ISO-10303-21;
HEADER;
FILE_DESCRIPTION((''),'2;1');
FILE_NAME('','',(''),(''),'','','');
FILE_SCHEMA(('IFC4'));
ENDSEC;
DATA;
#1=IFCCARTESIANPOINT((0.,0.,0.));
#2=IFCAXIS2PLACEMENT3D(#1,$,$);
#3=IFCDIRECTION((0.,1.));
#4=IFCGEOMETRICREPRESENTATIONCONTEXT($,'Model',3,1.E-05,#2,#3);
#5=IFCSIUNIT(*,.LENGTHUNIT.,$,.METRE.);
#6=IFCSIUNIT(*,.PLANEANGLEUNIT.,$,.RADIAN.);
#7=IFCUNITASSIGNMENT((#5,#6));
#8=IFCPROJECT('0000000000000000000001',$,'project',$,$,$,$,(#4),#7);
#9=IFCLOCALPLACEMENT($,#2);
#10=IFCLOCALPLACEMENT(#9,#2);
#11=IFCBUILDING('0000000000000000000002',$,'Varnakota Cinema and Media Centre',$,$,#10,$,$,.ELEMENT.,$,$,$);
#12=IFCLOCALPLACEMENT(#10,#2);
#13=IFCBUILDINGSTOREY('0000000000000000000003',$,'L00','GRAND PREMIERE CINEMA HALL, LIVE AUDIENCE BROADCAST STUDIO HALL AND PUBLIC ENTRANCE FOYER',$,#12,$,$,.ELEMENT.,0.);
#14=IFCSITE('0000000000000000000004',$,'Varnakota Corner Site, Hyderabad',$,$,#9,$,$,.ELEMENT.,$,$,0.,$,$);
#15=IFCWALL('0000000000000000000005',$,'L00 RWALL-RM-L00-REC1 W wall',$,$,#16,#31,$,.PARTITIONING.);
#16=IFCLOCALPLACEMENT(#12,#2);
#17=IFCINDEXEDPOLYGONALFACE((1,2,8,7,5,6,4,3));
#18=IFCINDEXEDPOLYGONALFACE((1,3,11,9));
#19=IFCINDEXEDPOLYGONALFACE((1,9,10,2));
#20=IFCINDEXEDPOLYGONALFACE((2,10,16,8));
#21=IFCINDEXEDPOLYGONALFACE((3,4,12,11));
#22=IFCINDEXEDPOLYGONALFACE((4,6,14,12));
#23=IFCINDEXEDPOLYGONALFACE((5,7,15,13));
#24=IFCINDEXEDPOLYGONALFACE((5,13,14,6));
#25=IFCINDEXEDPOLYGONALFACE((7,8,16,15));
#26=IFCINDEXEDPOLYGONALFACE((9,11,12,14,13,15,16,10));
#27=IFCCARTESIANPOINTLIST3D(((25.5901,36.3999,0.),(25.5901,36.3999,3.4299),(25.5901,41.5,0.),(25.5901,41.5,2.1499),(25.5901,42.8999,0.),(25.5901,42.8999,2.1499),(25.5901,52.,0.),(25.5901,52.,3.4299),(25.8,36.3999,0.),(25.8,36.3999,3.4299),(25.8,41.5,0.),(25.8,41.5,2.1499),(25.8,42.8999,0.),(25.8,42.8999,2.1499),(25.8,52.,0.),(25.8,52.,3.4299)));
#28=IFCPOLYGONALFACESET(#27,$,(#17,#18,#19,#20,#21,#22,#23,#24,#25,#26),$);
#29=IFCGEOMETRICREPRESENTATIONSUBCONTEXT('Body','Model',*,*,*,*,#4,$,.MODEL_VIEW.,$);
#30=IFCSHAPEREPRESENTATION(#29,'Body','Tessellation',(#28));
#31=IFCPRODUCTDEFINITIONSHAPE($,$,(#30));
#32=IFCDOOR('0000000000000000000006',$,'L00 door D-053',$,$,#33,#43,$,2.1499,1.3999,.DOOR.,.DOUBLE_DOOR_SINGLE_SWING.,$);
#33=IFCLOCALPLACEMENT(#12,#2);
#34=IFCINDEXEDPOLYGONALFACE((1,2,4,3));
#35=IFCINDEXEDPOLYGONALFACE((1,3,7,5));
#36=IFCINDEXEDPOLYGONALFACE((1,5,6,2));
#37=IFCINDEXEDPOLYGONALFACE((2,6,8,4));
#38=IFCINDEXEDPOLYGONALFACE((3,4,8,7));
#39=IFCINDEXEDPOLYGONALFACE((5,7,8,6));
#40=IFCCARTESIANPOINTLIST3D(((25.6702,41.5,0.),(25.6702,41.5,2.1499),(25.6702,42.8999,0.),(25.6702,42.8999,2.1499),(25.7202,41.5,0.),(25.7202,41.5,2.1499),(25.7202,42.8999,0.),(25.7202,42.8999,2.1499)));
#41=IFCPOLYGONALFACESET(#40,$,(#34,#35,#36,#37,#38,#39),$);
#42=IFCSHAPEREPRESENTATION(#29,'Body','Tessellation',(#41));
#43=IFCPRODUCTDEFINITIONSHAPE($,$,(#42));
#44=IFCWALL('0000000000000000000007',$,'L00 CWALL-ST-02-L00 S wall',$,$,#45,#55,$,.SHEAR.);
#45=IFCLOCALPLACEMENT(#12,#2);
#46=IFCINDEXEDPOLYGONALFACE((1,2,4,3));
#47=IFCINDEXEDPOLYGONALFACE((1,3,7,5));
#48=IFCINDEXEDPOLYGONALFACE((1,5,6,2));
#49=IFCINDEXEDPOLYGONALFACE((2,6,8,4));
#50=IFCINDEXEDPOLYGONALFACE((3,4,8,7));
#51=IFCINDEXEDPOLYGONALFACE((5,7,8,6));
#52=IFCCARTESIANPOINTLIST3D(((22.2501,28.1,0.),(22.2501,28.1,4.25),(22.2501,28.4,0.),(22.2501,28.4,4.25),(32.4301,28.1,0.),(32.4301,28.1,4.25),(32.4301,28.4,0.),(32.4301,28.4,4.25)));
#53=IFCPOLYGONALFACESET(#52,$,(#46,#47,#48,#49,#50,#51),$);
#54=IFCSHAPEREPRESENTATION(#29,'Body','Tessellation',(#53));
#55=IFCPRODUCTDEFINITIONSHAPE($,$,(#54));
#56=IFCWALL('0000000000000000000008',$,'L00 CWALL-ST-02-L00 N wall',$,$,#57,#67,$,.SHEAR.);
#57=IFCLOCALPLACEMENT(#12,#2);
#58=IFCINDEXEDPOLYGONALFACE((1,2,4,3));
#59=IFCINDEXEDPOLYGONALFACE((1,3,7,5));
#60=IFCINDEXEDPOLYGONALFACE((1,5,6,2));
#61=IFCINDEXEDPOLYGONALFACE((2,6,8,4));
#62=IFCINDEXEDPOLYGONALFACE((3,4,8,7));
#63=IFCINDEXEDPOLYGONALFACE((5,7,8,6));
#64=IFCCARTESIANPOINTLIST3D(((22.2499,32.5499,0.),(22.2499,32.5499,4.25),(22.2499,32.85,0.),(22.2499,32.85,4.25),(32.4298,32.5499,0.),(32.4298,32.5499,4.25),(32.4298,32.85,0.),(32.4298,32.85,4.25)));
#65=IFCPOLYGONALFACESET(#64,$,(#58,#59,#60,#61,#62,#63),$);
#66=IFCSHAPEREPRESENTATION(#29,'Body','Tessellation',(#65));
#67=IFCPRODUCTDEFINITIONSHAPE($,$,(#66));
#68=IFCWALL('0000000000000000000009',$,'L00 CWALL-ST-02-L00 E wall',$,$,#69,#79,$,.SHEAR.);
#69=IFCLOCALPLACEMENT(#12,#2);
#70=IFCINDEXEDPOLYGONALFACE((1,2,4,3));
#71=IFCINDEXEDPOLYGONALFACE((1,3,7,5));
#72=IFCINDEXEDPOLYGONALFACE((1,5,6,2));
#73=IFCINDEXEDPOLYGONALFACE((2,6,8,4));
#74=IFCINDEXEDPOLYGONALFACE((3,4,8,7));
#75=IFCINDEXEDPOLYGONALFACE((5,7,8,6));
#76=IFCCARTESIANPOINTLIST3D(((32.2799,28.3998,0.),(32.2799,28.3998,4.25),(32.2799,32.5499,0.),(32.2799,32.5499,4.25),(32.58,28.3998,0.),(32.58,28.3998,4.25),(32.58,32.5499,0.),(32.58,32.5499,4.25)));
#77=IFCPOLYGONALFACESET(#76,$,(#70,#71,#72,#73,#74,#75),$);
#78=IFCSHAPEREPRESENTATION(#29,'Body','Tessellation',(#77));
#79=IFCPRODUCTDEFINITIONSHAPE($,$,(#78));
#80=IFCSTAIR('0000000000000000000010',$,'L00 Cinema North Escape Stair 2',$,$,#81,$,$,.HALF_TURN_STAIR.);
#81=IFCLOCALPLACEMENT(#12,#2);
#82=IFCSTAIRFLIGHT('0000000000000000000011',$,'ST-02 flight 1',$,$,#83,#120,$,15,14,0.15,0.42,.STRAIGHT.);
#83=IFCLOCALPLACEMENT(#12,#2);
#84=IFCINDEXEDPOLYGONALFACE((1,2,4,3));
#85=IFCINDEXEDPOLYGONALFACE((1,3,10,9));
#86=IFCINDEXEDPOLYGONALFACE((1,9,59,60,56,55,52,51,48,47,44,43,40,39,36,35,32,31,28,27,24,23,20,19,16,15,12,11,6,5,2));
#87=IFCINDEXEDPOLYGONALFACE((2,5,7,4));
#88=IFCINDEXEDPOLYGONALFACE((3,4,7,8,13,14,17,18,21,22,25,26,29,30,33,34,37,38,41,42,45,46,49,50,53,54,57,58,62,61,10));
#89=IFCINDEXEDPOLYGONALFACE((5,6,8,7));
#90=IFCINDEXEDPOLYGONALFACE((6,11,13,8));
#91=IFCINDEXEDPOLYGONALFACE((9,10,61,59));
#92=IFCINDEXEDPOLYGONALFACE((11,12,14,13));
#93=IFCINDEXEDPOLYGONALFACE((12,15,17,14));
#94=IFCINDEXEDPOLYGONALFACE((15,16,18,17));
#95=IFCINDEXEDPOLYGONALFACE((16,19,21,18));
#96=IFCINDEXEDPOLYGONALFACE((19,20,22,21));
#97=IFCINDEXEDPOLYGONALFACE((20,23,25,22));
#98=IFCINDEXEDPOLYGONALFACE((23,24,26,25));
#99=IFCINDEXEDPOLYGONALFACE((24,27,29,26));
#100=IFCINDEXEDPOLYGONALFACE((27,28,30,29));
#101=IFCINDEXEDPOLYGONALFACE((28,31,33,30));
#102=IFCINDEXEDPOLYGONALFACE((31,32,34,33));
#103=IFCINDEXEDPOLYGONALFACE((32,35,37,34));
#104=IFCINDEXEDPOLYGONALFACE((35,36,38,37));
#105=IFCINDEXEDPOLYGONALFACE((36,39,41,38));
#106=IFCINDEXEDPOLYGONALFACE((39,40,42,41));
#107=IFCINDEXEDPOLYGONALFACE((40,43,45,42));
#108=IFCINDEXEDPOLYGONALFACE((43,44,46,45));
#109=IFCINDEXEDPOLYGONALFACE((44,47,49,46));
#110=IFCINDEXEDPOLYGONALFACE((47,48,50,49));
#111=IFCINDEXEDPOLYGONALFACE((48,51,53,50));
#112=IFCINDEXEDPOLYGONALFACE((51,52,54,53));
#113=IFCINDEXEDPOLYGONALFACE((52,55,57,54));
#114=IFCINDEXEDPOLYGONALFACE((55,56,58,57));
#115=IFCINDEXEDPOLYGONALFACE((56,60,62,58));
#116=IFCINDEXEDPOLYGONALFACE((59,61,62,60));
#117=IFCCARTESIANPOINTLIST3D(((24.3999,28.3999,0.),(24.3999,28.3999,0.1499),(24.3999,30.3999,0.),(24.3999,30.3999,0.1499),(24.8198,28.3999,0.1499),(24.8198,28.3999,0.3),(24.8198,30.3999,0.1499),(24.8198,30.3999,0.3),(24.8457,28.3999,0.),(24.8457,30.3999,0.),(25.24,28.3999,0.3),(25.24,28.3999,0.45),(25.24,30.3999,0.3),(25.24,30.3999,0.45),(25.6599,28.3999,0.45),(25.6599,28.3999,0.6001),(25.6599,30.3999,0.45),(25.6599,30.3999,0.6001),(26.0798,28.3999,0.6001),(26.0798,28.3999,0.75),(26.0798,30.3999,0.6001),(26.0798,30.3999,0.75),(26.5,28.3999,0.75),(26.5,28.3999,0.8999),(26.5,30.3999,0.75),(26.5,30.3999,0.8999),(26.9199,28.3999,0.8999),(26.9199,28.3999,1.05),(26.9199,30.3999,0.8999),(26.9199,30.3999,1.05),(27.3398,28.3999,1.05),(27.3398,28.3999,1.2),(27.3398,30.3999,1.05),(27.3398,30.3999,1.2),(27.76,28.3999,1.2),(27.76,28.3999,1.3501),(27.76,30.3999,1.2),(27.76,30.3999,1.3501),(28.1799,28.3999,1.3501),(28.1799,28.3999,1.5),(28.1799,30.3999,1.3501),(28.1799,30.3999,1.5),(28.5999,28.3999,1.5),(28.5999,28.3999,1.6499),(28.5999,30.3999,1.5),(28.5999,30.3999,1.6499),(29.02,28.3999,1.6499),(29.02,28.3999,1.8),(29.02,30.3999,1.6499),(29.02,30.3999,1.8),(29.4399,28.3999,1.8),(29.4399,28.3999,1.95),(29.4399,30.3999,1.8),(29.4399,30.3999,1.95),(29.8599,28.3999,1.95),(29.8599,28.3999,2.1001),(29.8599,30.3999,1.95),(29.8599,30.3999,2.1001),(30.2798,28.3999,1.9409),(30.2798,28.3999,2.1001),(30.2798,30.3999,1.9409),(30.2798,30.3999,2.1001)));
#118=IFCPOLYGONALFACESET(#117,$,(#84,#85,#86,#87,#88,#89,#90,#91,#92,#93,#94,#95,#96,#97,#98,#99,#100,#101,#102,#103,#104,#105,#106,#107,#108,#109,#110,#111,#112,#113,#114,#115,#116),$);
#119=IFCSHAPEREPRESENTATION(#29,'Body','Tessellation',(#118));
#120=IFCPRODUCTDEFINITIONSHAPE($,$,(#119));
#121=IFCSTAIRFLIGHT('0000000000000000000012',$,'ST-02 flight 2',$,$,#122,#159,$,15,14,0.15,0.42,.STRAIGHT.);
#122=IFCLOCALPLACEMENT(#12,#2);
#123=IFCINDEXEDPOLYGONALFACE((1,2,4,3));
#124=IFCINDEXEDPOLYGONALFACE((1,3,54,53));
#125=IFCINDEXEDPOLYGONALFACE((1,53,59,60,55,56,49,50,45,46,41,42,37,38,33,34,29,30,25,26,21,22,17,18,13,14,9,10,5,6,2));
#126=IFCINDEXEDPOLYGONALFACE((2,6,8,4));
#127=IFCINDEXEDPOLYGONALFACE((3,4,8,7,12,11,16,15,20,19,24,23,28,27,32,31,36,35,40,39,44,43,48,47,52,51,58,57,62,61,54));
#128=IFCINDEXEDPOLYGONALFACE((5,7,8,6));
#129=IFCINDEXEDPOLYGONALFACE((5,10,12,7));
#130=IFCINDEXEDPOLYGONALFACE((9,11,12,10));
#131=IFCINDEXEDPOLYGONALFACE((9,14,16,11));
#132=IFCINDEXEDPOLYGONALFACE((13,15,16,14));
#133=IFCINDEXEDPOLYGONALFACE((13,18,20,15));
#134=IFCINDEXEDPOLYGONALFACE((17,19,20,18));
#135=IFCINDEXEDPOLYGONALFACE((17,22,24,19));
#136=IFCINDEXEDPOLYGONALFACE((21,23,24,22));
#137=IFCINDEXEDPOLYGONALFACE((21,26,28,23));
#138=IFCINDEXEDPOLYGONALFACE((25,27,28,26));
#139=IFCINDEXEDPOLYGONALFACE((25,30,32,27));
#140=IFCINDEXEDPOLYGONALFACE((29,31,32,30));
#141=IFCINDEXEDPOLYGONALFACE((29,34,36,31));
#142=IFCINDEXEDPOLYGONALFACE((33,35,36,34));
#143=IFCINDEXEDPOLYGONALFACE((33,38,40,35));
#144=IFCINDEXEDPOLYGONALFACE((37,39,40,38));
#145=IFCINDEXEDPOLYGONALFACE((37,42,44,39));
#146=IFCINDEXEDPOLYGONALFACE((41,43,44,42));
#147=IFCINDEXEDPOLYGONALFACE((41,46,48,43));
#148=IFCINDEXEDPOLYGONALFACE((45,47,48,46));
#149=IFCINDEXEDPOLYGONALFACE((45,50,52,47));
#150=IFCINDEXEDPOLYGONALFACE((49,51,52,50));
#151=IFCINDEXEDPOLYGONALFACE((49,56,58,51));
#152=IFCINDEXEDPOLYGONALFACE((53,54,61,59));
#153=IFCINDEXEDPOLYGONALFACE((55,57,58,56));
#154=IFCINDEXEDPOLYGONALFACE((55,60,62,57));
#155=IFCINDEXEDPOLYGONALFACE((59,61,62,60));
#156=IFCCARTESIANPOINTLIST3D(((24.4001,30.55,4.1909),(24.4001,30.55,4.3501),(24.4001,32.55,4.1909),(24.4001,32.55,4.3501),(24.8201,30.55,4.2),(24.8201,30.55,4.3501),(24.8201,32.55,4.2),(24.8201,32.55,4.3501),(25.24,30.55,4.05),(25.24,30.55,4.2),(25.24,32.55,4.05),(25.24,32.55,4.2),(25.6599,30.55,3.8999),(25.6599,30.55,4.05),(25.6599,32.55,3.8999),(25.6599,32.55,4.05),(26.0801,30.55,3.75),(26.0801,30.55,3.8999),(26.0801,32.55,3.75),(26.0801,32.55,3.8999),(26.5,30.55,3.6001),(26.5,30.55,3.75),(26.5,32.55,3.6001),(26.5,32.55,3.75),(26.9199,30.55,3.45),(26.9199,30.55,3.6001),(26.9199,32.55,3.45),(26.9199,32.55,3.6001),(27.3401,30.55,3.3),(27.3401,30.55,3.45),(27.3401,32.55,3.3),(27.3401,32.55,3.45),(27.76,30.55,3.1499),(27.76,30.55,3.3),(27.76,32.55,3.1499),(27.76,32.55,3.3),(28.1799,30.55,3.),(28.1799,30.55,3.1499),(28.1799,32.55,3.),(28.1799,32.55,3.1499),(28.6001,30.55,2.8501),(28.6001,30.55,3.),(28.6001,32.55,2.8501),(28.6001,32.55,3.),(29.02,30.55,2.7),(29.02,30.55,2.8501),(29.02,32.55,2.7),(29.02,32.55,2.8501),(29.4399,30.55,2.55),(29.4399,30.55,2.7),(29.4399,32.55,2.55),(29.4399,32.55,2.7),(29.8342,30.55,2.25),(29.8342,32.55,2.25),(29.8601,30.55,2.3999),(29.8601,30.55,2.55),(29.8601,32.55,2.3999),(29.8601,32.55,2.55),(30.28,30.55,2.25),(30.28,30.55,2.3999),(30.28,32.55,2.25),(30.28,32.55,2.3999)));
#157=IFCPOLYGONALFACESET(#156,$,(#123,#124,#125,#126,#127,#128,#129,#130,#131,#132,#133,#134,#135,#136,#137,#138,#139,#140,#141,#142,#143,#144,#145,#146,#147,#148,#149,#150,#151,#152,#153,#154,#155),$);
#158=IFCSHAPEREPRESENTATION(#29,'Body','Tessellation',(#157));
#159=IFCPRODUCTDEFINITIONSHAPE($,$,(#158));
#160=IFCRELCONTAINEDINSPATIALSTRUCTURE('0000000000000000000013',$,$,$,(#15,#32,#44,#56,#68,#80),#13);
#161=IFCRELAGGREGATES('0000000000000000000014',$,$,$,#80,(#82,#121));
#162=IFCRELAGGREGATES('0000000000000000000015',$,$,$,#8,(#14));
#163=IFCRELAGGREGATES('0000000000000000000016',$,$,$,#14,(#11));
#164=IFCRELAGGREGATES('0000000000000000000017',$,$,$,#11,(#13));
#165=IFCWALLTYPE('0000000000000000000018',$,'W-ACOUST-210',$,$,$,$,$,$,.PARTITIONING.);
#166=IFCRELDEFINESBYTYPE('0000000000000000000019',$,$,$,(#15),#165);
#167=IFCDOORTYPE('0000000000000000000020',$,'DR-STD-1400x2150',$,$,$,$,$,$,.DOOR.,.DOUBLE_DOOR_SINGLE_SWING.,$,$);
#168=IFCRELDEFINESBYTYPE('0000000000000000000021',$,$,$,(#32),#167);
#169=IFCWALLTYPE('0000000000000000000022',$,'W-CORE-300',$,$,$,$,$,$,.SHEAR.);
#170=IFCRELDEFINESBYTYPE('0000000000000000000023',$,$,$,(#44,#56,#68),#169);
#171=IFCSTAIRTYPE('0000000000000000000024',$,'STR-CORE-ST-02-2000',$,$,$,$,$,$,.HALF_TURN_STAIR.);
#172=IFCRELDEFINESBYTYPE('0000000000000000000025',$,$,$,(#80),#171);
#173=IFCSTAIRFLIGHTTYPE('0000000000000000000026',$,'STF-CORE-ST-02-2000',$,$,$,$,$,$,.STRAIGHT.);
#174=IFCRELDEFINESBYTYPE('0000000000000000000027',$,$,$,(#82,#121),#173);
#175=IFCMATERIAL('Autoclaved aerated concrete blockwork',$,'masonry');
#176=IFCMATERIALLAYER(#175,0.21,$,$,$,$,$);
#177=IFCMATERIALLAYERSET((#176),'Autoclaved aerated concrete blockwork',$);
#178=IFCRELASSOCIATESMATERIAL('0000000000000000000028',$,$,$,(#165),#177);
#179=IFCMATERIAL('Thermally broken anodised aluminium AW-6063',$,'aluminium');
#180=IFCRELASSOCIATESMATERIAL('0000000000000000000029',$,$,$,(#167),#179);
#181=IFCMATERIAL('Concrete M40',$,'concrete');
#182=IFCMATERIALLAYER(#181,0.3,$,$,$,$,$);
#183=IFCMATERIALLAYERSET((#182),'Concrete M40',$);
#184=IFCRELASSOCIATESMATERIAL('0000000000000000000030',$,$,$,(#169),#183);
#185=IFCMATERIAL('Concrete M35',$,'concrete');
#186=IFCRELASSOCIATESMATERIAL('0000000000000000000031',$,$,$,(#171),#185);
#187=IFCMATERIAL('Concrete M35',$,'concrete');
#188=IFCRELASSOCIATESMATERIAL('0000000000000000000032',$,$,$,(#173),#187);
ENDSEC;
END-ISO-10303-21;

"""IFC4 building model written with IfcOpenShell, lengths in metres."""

from ifc_helpers import new_model, si_unit, direction, frame, frame_2d, origin, place, context, subcontext, project, spatial, polyline, rectangle, outline, extrude, material, layer, layer_set, type_object, element, fill, aggregate, save


model = new_model("IFC4")

# Units and contexts
model_context = context("Model", 3, precision=1e-05, world=origin(), true_north=direction((0.0, 1.0)))
body_context = subcontext(model_context, "Body", "Model", "MODEL_VIEW")
ifc_project = project(units=[si_unit("LENGTHUNIT", "METRE"), si_unit("PLANEANGLEUNIT", "RADIAN")], contexts=[model_context])

# Site, building, storey
site_placement = place(None, origin())
site = spatial("IfcSite", under=ifc_project, at=site_placement, Name="Varnakota Corner Site, Hyderabad", CompositionType="ELEMENT", RefElevation=0.0)
building_placement = place(site_placement, origin())
building = spatial("IfcBuilding", under=site, at=building_placement, Name="Varnakota Cinema and Media Centre", CompositionType="ELEMENT")
storey_placement = place(building_placement, origin())
storey = spatial("IfcBuildingStorey", under=building, at=storey_placement, Name="L00", Description="GRAND PREMIERE CINEMA HALL, LIVE AUDIENCE BROADCAST STUDIO HALL AND PUBLIC ENTRANCE FOYER", CompositionType="ELEMENT", Elevation=0.0)

# Wall, opening, door
ifc_material_1 = material(Name="Autoclaved aerated concrete blockwork", Category="masonry")
ifc_layer_1 = layer(ifc_material_1, 0.21)
ifc_layer_set_1 = layer_set([ifc_layer_1], Name="Autoclaved aerated concrete blockwork")
wall_type_1 = type_object("IfcWallType", Name="W-ACOUST-210", PredefinedType="PARTITIONING", material=ifc_layer_set_1)
wall_1_placement = place(storey_placement, frame((25.6951, 36.3999, 0.0), z_axis=(0.0, 0.0, 1.0), x_axis=(0.0, 1.0, 0.0)))
wall_1 = element("IfcWall", 1, at=wall_1_placement, inside=storey, type_object=wall_type_1, Name="L00 RWALL-RM-L00-REC1 W wall", PredefinedType="PARTITIONING", context=body_context, shape_type="SweptSolid", body=[
    extrude(rectangle(XDim=15.6001, YDim=0.21, at=frame_2d((7.8, 0.0))), origin(), (0.0, 0.0, 1.0), 3.4299),
])
opening_1_placement = place(wall_1_placement, frame((5.1001, 0.0, 0.0)))
opening_1 = element("IfcOpeningElement", 2, at=opening_1_placement, cuts=wall_1, PredefinedType="OPENING", context=body_context, shape_type="SweptSolid", body=[
    extrude(rectangle(XDim=1.3999, YDim=2.1499, at=frame_2d((0.7, 1.075))), frame((0.0, 0.105, 0.0), z_axis=(0.0, -1.0, 0.0), x_axis=(1.0, 0.0, 0.0)), (0.0, 0.0, 1.0), 0.21),
])
ifc_material_2 = material(Name="Thermally broken anodised aluminium AW-6063", Category="aluminium")
door_type_1 = type_object("IfcDoorType", Name="DR-STD-1400x2150", OperationType="DOUBLE_DOOR_SINGLE_SWING", PredefinedType="DOOR", material=ifc_material_2)
door_1_placement = place(opening_1_placement, origin())
door_1 = element("IfcDoor", 3, at=door_1_placement, inside=storey, type_object=door_type_1, Name="L00 door D-053", OperationType="DOUBLE_DOOR_SINGLE_SWING", OverallHeight=2.1499, OverallWidth=1.3999, PredefinedType="DOOR", context=body_context, shape_type="SweptSolid", body=[
    extrude(rectangle(XDim=1.3999, YDim=2.1499, at=frame_2d((0.7, 1.075))), frame((0.0, 0.0249, 0.0), z_axis=(0.0, -1.0, 0.0), x_axis=(1.0, 0.0, 0.0)), (0.0, 0.0, 1.0), 0.05),
])
fill(opening_1, door_1)

# Wall
ifc_material_3 = material(Name="Concrete M40", Category="concrete")
ifc_layer_2 = layer(ifc_material_3, 0.3)
ifc_layer_set_2 = layer_set([ifc_layer_2], Name="Concrete M40")
wall_type_2 = type_object("IfcWallType", Name="W-CORE-300", PredefinedType="SHEAR", material=ifc_layer_set_2)
wall_2_placement = place(storey_placement, frame((32.4299, 28.25, 0.0), z_axis=(0.0, 0.0, 1.0), x_axis=(-1.0, 0.0, 0.0)))
element("IfcWall", 4, at=wall_2_placement, inside=storey, type_object=wall_type_2, Name="L00 CWALL-ST-02-L00 S wall", PredefinedType="SHEAR", context=body_context, shape_type="SweptSolid", body=[
    extrude(rectangle(XDim=10.1799, YDim=0.3, at=frame_2d((5.0898, 0.0))), origin(), (0.0, 0.0, 1.0), 4.25),
])

# Walls
wall_3_placement = place(storey_placement, frame((22.25, 32.7, 0.0), z_axis=(0.0, 0.0, 1.0), x_axis=(1.0, 0.0, 0.0)))
element("IfcWall", 5, at=wall_3_placement, inside=storey, type_object=wall_type_2, Name="L00 CWALL-ST-02-L00 N wall", PredefinedType="SHEAR", context=body_context, shape_type="SweptSolid", body=[
    extrude(rectangle(XDim=10.1799, YDim=0.3, at=frame_2d((5.0898, 0.0))), origin(), (0.0, 0.0, 1.0), 4.25),
])
wall_4_placement = place(storey_placement, frame((32.4299, 32.55, 0.0), z_axis=(0.0, 0.0, 1.0), x_axis=(0.0, -1.0, 0.0)))
element("IfcWall", 6, at=wall_4_placement, inside=storey, type_object=wall_type_2, Name="L00 CWALL-ST-02-L00 E wall", PredefinedType="SHEAR", context=body_context, shape_type="SweptSolid", body=[
    extrude(rectangle(XDim=4.1501, YDim=0.3, at=frame_2d((2.0752, 0.0))), origin(), (0.0, 0.0, 1.0), 4.25),
])

# Stair, stair flights
ifc_material_4 = material(Name="Concrete M35", Category="concrete")
stair_type = type_object("IfcStairType", Name="STR-CORE-ST-02-2000", PredefinedType="HALF_TURN_STAIR", material=ifc_material_4)
stair_placement = place(storey_placement, origin())
stair = element("IfcStair", 7, at=stair_placement, inside=storey, type_object=stair_type, Name="L00 Cinema North Escape Stair 2", PredefinedType="HALF_TURN_STAIR")
ifc_material_5 = material(Name="Concrete M35", Category="concrete")
stair_flight_type = type_object("IfcStairFlightType", Name="STF-CORE-ST-02-2000", PredefinedType="STRAIGHT", material=ifc_material_5)
stair_flight_1_placement = place(storey_placement, frame((24.3999, 29.3999, 0.0), z_axis=(0.0, 0.0, 1.0), x_axis=(1.0, 0.0, 0.0)))
stair_flight_1 = element("IfcStairFlight", 8, at=stair_flight_1_placement, type_object=stair_flight_type, Name="ST-02 flight 1", NumberOfRisers=15, NumberOfTreads=14, PredefinedType="STRAIGHT", RiserHeight=0.15, TreadLength=0.42, context=body_context, shape_type="SweptSolid", body=[
    extrude(outline(polyline([(0.0, 0.0), (0.0, 0.1499), (0.4199, 0.1499), (0.4199, 0.3), (0.8401, 0.3), (0.8401, 0.45), (1.26, 0.45), (1.26, 0.6001), (1.6799, 0.6001), (1.6799, 0.75), (2.1001, 0.75), (2.1001, 0.8999), (2.52, 0.8999), (2.52, 1.05), (2.9399, 1.05), (2.9399, 1.2), (3.3601, 1.2), (3.3601, 1.3501), (3.78, 1.3501), (3.78, 1.5), (4.2, 1.5), (4.2, 1.6499), (4.6201, 1.6499), (4.6201, 1.8), (5.04, 1.8), (5.04, 1.95), (5.46, 1.95), (5.46, 2.1001), (5.8799, 2.1001), (5.8799, 2.25), (5.8799, 1.9409), (0.4458, 0.0), (0.0, 0.0)])), frame((0.0, 1.0, 0.0), z_axis=(0.0, -1.0, 0.0), x_axis=(1.0, 0.0, 0.0)), (0.0, 0.0, 1.0), 2.0),
])
stair_flight_2_placement = place(storey_placement, frame((30.28, 31.55, 2.25), z_axis=(0.0, 0.0, 1.0), x_axis=(-1.0, 0.0, 0.0)))
stair_flight_2 = element("IfcStairFlight", 9, at=stair_flight_2_placement, type_object=stair_flight_type, Name="ST-02 flight 2", NumberOfRisers=15, NumberOfTreads=14, PredefinedType="STRAIGHT", RiserHeight=0.15, TreadLength=0.42, context=body_context, shape_type="SweptSolid", body=[
    extrude(outline(polyline([(0.0, 0.0), (0.0, 0.1499), (0.4199, 0.1499), (0.4199, 0.3), (0.8401, 0.3), (0.8401, 0.45), (1.26, 0.45), (1.26, 0.6001), (1.6799, 0.6001), (1.6799, 0.75), (2.1001, 0.75), (2.1001, 0.8999), (2.52, 0.8999), (2.52, 1.05), (2.9399, 1.05), (2.9399, 1.2), (3.3601, 1.2), (3.3601, 1.3501), (3.78, 1.3501), (3.78, 1.5), (4.2, 1.5), (4.2, 1.6499), (4.6201, 1.6499), (4.6201, 1.8), (5.04, 1.8), (5.04, 1.95), (5.46, 1.95), (5.46, 2.1001), (5.8799, 2.1001), (5.8799, 2.25), (5.8799, 1.9409), (0.4458, 0.0), (0.0, 0.0)])), frame((0.0, 1.0, 0.0), z_axis=(0.0, -1.0, 0.0), x_axis=(1.0, 0.0, 0.0)), (0.0, 0.0, 1.0), 2.0),
])
aggregate(stair, [stair_flight_1, stair_flight_2])

save(model, "model.ifc")
